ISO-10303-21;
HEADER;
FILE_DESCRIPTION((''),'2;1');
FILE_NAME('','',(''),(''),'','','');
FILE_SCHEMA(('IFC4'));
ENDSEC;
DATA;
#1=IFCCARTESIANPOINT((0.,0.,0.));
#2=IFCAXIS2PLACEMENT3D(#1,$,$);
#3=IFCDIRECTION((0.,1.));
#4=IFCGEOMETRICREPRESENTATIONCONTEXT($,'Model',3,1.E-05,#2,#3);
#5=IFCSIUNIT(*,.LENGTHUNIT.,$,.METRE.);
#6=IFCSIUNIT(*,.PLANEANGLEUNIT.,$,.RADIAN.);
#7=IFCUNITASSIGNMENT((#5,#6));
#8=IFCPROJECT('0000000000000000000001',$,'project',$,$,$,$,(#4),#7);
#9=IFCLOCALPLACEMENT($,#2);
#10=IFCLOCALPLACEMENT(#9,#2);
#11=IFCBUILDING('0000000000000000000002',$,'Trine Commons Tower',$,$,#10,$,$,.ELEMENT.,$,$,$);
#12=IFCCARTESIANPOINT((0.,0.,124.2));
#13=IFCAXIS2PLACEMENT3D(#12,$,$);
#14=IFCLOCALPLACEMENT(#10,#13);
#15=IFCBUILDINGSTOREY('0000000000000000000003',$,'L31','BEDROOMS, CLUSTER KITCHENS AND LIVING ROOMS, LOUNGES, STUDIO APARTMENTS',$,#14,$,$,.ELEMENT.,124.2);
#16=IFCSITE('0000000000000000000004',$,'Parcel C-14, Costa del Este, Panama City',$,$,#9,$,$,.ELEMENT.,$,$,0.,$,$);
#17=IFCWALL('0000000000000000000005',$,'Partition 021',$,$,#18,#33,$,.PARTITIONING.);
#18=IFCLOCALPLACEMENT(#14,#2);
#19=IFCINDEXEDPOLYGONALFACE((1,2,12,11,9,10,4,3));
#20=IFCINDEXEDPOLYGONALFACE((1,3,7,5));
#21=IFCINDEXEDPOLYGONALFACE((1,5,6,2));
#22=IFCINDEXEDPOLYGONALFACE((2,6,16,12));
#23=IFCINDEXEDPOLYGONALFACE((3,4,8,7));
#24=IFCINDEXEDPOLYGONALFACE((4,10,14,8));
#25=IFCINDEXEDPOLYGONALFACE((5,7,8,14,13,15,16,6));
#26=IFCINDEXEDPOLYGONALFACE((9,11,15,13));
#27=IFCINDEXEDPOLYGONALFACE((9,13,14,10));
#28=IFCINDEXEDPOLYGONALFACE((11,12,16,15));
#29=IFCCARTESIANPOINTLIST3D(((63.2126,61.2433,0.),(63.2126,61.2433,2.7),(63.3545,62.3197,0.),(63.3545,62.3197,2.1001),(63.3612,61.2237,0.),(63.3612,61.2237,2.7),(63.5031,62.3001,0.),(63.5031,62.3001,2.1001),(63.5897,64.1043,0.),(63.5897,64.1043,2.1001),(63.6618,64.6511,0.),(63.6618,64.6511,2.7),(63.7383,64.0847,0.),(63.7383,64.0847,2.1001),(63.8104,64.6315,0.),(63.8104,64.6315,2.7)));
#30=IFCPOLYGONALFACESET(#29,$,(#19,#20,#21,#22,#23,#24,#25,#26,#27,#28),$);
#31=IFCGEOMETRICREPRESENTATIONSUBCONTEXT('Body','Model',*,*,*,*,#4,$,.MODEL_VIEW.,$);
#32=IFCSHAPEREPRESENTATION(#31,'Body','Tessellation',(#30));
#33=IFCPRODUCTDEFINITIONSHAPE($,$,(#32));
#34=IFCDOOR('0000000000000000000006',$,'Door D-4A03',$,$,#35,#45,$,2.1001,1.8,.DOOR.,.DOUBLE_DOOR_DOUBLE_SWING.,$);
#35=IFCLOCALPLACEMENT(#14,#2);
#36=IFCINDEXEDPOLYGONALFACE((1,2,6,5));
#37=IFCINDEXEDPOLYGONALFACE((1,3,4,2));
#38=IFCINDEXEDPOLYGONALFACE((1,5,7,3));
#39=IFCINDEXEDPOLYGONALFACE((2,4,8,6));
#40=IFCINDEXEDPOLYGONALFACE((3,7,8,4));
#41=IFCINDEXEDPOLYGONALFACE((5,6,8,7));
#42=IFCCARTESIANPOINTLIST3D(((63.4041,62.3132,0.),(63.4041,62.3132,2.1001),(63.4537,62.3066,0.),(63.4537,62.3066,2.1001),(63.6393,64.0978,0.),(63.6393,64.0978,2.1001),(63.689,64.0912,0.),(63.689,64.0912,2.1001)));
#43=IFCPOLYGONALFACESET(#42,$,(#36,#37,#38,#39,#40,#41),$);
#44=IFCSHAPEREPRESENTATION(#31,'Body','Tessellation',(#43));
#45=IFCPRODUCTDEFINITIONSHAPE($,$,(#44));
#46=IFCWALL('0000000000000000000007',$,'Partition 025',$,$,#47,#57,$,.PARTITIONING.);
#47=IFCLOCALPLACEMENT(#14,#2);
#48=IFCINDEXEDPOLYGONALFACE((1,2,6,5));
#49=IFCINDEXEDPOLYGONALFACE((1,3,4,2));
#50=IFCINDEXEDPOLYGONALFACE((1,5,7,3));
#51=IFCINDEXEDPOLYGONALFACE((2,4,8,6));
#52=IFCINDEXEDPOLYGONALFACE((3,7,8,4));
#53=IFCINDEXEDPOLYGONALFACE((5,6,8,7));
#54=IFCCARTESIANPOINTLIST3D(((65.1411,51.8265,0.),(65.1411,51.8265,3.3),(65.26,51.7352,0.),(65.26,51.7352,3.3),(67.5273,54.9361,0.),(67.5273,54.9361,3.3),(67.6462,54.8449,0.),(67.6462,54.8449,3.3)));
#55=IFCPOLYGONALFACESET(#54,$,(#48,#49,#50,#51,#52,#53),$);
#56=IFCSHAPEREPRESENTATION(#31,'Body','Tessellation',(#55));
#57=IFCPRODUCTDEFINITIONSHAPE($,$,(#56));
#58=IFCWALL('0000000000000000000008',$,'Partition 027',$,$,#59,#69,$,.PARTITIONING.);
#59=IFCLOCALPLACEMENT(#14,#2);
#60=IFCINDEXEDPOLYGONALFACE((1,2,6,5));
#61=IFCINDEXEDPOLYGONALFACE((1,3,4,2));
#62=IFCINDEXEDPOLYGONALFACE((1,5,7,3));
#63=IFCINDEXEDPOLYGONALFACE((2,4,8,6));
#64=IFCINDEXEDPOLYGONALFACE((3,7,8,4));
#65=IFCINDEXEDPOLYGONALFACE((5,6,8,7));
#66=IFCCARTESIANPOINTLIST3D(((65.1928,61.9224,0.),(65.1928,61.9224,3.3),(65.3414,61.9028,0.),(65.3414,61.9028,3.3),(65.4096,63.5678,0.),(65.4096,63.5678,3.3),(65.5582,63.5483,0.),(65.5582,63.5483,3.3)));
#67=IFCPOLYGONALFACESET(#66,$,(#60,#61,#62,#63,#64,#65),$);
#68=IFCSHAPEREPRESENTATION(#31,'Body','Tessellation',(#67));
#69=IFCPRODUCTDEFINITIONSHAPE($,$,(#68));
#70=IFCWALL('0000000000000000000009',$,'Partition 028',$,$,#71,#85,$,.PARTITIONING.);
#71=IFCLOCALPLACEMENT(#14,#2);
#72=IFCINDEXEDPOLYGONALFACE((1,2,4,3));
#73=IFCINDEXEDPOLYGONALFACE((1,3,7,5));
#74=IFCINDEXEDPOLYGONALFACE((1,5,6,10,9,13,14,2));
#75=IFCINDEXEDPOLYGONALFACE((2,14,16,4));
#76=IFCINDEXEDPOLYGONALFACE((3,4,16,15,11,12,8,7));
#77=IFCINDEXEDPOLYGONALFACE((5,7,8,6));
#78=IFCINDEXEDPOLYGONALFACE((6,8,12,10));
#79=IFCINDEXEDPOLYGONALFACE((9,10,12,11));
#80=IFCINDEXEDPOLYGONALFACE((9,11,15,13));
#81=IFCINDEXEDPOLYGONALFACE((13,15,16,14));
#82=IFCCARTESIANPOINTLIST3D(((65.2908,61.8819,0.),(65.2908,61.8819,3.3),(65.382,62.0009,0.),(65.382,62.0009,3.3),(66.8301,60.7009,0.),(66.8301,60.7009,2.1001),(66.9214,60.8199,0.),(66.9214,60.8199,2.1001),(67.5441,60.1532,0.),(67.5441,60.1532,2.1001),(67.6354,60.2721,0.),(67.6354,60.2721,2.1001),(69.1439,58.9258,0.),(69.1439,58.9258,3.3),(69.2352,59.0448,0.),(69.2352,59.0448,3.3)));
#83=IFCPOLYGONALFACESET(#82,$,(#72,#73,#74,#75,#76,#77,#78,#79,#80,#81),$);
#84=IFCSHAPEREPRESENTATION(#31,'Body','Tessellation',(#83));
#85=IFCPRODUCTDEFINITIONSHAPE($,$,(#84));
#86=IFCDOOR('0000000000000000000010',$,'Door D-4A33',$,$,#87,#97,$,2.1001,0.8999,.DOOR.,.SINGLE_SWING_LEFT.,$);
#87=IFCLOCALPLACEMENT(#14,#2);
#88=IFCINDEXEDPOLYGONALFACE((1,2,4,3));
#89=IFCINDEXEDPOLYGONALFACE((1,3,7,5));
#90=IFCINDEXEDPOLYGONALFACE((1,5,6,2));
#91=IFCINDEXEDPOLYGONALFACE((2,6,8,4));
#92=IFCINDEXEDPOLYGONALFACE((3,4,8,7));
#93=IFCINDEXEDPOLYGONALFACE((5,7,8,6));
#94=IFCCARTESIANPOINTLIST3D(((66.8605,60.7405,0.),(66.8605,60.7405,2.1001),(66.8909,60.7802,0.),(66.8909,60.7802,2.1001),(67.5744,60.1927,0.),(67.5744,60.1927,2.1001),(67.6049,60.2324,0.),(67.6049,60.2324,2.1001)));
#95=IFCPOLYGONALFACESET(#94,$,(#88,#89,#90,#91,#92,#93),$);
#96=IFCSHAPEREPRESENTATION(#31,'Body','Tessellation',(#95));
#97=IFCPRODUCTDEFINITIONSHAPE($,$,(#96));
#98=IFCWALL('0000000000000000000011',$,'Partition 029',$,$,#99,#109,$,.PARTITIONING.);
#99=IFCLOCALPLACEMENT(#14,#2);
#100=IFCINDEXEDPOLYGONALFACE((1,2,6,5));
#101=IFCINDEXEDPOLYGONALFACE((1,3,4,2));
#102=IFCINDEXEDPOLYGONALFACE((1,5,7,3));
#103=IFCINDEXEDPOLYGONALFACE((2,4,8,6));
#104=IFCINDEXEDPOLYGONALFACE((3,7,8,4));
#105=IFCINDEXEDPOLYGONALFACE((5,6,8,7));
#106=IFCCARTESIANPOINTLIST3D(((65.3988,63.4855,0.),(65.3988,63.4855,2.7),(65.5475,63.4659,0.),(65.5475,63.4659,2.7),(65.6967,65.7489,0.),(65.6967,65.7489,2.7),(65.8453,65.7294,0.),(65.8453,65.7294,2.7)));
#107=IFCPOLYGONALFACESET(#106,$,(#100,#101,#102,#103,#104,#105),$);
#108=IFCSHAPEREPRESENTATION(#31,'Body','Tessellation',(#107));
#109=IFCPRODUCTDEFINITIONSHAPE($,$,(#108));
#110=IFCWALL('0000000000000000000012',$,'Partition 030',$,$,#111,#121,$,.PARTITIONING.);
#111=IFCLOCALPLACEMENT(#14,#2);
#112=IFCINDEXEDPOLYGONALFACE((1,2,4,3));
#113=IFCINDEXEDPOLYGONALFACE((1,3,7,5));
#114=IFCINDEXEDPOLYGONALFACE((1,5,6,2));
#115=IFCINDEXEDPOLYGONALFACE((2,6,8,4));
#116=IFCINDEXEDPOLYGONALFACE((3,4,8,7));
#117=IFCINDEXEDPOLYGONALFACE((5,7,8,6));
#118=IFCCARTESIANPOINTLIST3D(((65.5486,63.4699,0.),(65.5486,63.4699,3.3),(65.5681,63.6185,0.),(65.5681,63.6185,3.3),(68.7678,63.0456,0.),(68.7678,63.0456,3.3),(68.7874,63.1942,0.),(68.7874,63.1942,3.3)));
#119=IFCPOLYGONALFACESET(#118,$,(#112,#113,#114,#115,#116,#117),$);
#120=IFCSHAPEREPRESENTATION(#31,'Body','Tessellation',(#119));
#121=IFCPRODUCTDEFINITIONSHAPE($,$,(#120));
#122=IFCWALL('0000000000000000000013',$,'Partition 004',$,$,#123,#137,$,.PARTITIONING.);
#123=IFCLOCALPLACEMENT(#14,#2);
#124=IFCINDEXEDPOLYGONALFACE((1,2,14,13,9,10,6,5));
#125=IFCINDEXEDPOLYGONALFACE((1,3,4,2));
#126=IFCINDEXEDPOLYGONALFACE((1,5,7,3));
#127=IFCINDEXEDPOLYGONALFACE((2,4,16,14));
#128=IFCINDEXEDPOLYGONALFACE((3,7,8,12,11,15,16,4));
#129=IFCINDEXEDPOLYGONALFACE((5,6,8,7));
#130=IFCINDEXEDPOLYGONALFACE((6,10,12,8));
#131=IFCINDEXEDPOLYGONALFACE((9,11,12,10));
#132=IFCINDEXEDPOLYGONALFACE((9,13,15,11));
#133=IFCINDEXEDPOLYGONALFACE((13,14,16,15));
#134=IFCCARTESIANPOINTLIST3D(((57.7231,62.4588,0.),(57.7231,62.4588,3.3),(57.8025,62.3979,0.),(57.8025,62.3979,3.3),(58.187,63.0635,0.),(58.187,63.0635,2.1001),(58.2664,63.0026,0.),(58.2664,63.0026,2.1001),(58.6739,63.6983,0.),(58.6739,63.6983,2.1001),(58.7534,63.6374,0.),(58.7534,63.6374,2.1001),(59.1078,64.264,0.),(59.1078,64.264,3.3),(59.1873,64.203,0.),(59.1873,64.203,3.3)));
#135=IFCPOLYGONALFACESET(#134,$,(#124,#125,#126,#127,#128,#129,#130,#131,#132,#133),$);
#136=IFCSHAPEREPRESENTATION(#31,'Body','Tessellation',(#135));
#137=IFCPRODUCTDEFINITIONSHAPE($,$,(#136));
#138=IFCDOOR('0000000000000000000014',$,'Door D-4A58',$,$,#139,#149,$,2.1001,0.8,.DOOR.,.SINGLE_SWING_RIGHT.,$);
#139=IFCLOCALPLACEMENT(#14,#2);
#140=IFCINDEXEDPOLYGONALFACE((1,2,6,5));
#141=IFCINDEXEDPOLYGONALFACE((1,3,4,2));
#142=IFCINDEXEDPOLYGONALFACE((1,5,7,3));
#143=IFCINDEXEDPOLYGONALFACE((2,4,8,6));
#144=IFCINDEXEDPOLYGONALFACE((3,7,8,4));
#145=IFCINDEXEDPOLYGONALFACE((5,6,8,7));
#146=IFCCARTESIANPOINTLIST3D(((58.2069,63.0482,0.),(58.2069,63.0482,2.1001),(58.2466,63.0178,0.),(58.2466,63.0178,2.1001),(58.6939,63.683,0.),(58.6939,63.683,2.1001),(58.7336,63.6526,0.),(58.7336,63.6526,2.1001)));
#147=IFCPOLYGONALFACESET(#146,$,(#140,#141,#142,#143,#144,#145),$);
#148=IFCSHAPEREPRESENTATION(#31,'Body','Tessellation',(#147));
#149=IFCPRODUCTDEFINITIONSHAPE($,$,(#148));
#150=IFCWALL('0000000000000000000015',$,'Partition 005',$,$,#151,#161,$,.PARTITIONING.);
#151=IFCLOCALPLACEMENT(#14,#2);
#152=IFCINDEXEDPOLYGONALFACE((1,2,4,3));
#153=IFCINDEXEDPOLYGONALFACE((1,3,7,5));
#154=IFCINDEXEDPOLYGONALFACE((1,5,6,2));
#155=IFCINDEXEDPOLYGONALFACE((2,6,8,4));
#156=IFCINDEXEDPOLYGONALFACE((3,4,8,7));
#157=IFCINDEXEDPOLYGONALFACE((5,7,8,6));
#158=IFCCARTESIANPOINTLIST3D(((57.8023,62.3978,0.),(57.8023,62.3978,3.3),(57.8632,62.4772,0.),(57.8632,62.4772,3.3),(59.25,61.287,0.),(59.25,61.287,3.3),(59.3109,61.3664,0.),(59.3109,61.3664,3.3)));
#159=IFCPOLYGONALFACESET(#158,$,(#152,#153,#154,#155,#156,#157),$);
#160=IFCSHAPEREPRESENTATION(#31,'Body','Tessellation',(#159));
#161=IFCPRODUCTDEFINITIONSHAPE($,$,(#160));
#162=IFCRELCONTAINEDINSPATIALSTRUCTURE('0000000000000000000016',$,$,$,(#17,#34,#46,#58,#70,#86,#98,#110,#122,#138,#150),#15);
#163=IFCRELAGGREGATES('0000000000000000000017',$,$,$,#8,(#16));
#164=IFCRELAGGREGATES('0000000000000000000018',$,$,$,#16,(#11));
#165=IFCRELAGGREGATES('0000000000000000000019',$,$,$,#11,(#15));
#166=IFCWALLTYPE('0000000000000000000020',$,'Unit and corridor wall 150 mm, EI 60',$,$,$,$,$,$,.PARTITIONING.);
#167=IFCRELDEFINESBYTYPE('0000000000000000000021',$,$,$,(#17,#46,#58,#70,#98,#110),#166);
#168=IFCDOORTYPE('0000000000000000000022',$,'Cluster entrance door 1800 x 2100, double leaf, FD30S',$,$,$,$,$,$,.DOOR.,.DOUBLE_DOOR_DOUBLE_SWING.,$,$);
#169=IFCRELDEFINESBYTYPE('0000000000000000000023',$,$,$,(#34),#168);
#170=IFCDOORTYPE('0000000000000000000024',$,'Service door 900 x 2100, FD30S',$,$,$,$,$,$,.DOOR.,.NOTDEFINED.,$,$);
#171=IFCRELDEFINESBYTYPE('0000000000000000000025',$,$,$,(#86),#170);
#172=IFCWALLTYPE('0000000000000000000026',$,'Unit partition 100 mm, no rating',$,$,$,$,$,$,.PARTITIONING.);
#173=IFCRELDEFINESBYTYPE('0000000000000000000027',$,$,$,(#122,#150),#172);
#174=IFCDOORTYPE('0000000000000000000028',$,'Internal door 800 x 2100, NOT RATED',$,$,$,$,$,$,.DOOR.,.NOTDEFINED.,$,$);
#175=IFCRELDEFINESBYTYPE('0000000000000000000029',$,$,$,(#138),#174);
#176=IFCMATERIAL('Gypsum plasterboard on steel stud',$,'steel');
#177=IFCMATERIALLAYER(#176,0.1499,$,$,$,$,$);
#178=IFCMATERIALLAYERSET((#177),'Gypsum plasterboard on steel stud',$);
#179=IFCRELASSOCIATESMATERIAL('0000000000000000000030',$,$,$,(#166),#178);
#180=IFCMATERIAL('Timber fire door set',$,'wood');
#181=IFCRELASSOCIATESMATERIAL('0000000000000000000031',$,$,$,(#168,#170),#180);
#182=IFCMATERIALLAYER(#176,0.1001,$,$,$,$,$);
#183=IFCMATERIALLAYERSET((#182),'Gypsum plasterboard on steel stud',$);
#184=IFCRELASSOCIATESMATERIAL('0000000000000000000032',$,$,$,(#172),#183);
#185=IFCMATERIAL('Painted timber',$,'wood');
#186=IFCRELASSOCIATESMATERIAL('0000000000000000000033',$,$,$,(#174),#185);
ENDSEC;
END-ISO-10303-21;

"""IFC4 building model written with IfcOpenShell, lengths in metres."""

from ifc_helpers import new_model, si_unit, direction, frame, frame_2d, origin, place, context, subcontext, project, spatial, rectangle, extrude, material, layer, layer_set, type_object, element, fill, save


model = new_model("IFC4")

# Units and contexts
model_context = context("Model", 3, precision=1e-05, world=origin(), true_north=direction((0.0, 1.0)))
body_context = subcontext(model_context, "Body", "Model", "MODEL_VIEW")
ifc_project = project(units=[si_unit("LENGTHUNIT", "METRE"), si_unit("PLANEANGLEUNIT", "RADIAN")], contexts=[model_context])

# Site, building, storey
site_placement = place(None, origin())
site = spatial("IfcSite", under=ifc_project, at=site_placement, Name="Parcel C-14, Costa del Este, Panama City", CompositionType="ELEMENT", RefElevation=0.0)
building_placement = place(site_placement, origin())
building = spatial("IfcBuilding", under=site, at=building_placement, Name="Trine Commons Tower", CompositionType="ELEMENT")
storey_placement = place(building_placement, frame((0.0, 0.0, 124.2)))
storey = spatial("IfcBuildingStorey", under=building, at=storey_placement, Name="L31", Description="BEDROOMS, CLUSTER KITCHENS AND LIVING ROOMS, LOUNGES, STUDIO APARTMENTS", CompositionType="ELEMENT", Elevation=124.2)

# Shared definitions
ifc_material_1 = material(Name="Gypsum plasterboard on steel stud", Category="steel")
ifc_layer_1 = layer(ifc_material_1, 0.1499)
ifc_layer_set_1 = layer_set([ifc_layer_1], Name="Gypsum plasterboard on steel stud")
wall_type_1 = type_object("IfcWallType", Name="Unit and corridor wall 150 mm, EI 60", PredefinedType="PARTITIONING", material=ifc_layer_set_1)
ifc_material_2 = material(Name="Timber fire door set", Category="wood")

# Wall, opening, door
wall_1_placement = place(storey_placement, frame((63.2869, 61.2334, 0.0), z_axis=(0.0, 0.0, 1.0), x_axis=(0.130693, 0.991423, 0.0)))
wall_1 = element("IfcWall", 1, at=wall_1_placement, inside=storey, type_object=wall_type_1, Name="Partition 021", PredefinedType="PARTITIONING", context=body_context, shape_type="SweptSolid", body=[
    extrude(rectangle(XDim=3.4373, YDim=0.1499, at=frame_2d((1.7188, 0.0))), origin(), (0.0, 0.0, 1.0), 2.7),
])
opening_1_placement = place(wall_1_placement, frame((1.0859, 0.0, 0.0)))
opening_1 = element("IfcOpeningElement", 2, at=opening_1_placement, cuts=wall_1, PredefinedType="OPENING", context=body_context, shape_type="SweptSolid", body=[
    extrude(rectangle(XDim=1.8, YDim=2.1001, at=frame_2d((0.8999, 1.05))), frame((0.0, 0.085, 0.0), z_axis=(0.0, -1.0, 0.0), x_axis=(1.0, 0.0, 0.0)), (0.0, 0.0, 1.0), 0.1699),
])
door_type_1 = type_object("IfcDoorType", Name="Cluster entrance door 1800 x 2100, double leaf, FD30S", OperationType="DOUBLE_DOOR_DOUBLE_SWING", PredefinedType="DOOR", material=ifc_material_2)
door_1_placement = place(opening_1_placement, origin())
door_1 = element("IfcDoor", 3, at=door_1_placement, inside=storey, type_object=door_type_1, Name="Door D-4A03", OperationType="DOUBLE_DOOR_DOUBLE_SWING", OverallHeight=2.1001, OverallWidth=1.8, PredefinedType="DOOR", context=body_context, shape_type="SweptSolid", body=[
    extrude(rectangle(XDim=1.8, YDim=2.1001, at=frame_2d((0.8999, 1.05))), frame((0.0, 0.0249, 0.0), z_axis=(0.0, -1.0, 0.0), x_axis=(1.0, 0.0, 0.0)), (0.0, 0.0, 1.0), 0.05),
])
fill(opening_1, door_1)

# Walls
wall_2_placement = place(storey_placement, frame((65.2004, 51.7808, 0.0), z_axis=(0.0, 0.0, 1.0), x_axis=(0.608783, 0.793337, 0.0)))
element("IfcWall", 4, at=wall_2_placement, inside=storey, type_object=wall_type_1, Name="Partition 025", PredefinedType="PARTITIONING", context=body_context, shape_type="SweptSolid", body=[
    extrude(rectangle(XDim=3.9197, YDim=0.1499, at=frame_2d((1.96, 0.0))), origin(), (0.0, 0.0, 1.0), 3.3),
])
wall_3_placement = place(storey_placement, frame((65.2671, 61.9126, 0.0), z_axis=(0.0, 0.0, 1.0), x_axis=(0.130622, 0.991432, 0.0)))
element("IfcWall", 5, at=wall_3_placement, inside=storey, type_object=wall_type_1, Name="Partition 027", PredefinedType="PARTITIONING", context=body_context, shape_type="SweptSolid", body=[
    extrude(rectangle(XDim=1.6597, YDim=0.1499, at=frame_2d((0.8298, 0.0))), origin(), (0.0, 0.0, 1.0), 3.3),
])

# Wall, opening, door
wall_4_placement = place(storey_placement, frame((65.3364, 61.9414, 0.0), z_axis=(0.0, 0.0, 1.0), x_axis=(0.793401, -0.6087, 0.0)))
wall_4 = element("IfcWall", 6, at=wall_4_placement, inside=storey, type_object=wall_type_1, Name="Partition 028", PredefinedType="PARTITIONING", context=body_context, shape_type="SweptSolid", body=[
    extrude(rectangle(XDim=4.8564, YDim=0.1499, at=frame_2d((2.4282, 0.0))), origin(), (0.0, 0.0, 1.0), 3.3),
])
opening_2_placement = place(wall_4_placement, frame((1.9402, 0.0, 0.0)))
opening_2 = element("IfcOpeningElement", 7, at=opening_2_placement, cuts=wall_4, PredefinedType="OPENING", context=body_context, shape_type="SweptSolid", body=[
    extrude(rectangle(XDim=0.8999, YDim=2.1001, at=frame_2d((0.45, 1.05))), frame((0.0, 0.085, 0.0), z_axis=(0.0, -1.0, 0.0), x_axis=(1.0, 0.0, 0.0)), (0.0, 0.0, 1.0), 0.1699),
])
door_type_2 = type_object("IfcDoorType", Name="Service door 900 x 2100, FD30S", OperationType="NOTDEFINED", PredefinedType="DOOR", material=ifc_material_2)
door_2_placement = place(opening_2_placement, origin())
door_2 = element("IfcDoor", 8, at=door_2_placement, inside=storey, type_object=door_type_2, Name="Door D-4A33", OperationType="SINGLE_SWING_LEFT", OverallHeight=2.1001, OverallWidth=0.8999, PredefinedType="DOOR", context=body_context, shape_type="SweptSolid", body=[
    extrude(rectangle(XDim=0.8999, YDim=2.1001, at=frame_2d((0.45, 1.05))), frame((0.0, 0.0249, 0.0), z_axis=(0.0, -1.0, 0.0), x_axis=(1.0, 0.0, 0.0)), (0.0, 0.0, 1.0), 0.05),
])
fill(opening_2, door_2)

# Walls
wall_5_placement = place(storey_placement, frame((65.4731, 63.4756, 0.0), z_axis=(0.0, 0.0, 1.0), x_axis=(0.130468, 0.991452, 0.0)))
element("IfcWall", 9, at=wall_5_placement, inside=storey, type_object=wall_type_1, Name="Partition 029", PredefinedType="PARTITIONING", context=body_context, shape_type="SweptSolid", body=[
    extrude(rectangle(XDim=2.283, YDim=0.1499, at=frame_2d((1.1416, 0.0))), origin(), (0.0, 0.0, 1.0), 2.7),
])
wall_6_placement = place(storey_placement, frame((65.5583, 63.5442, 0.0), z_axis=(0.0, 0.0, 1.0), x_axis=(0.991425, -0.130676, 0.0)))
element("IfcWall", 10, at=wall_6_placement, inside=storey, type_object=wall_type_1, Name="Partition 030", PredefinedType="PARTITIONING", context=body_context, shape_type="SweptSolid", body=[
    extrude(rectangle(XDim=3.2471, YDim=0.1499, at=frame_2d((1.6235, 0.0))), origin(), (0.0, 0.0, 1.0), 3.3),
])

# Wall, opening, door
ifc_layer_2 = layer(ifc_material_1, 0.1001)
ifc_layer_set_2 = layer_set([ifc_layer_2], Name="Gypsum plasterboard on steel stud")
wall_type_2 = type_object("IfcWallType", Name="Unit partition 100 mm, no rating", PredefinedType="PARTITIONING", material=ifc_layer_set_2)
wall_7_placement = place(storey_placement, frame((57.7627, 62.4282, 0.0), z_axis=(0.0, 0.0, 1.0), x_axis=(0.608652, 0.793437, 0.0)))
wall_7 = element("IfcWall", 11, at=wall_7_placement, inside=storey, type_object=wall_type_2, Name="Partition 004", PredefinedType="PARTITIONING", context=body_context, shape_type="SweptSolid", body=[
    extrude(rectangle(XDim=2.2751, YDim=0.1001, at=frame_2d((1.1377, 0.0))), origin(), (0.0, 0.0, 1.0), 3.3),
])
opening_3_placement = place(wall_7_placement, frame((0.7625, 0.0, 0.0)))
opening_3 = element("IfcOpeningElement", 12, at=opening_3_placement, cuts=wall_7, PredefinedType="OPENING", context=body_context, shape_type="SweptSolid", body=[
    extrude(rectangle(XDim=0.8, YDim=2.1001, at=frame_2d((0.3999, 1.05))), frame((0.0, 0.0601, 0.0), z_axis=(0.0, -1.0, 0.0), x_axis=(1.0, 0.0, 0.0)), (0.0, 0.0, 1.0), 0.1201),
])
ifc_material_3 = material(Name="Painted timber", Category="wood")
door_type_3 = type_object("IfcDoorType", Name="Internal door 800 x 2100, NOT RATED", OperationType="NOTDEFINED", PredefinedType="DOOR", material=ifc_material_3)
door_3_placement = place(opening_3_placement, origin())
door_3 = element("IfcDoor", 13, at=door_3_placement, inside=storey, type_object=door_type_3, Name="Door D-4A58", OperationType="SINGLE_SWING_RIGHT", OverallHeight=2.1001, OverallWidth=0.8, PredefinedType="DOOR", context=body_context, shape_type="SweptSolid", body=[
    extrude(rectangle(XDim=0.8, YDim=2.1001, at=frame_2d((0.3999, 1.05))), frame((0.0, 0.0249, 0.0), z_axis=(0.0, -1.0, 0.0), x_axis=(1.0, 0.0, 0.0)), (0.0, 0.0, 1.0), 0.05),
])
fill(opening_3, door_3)

# Wall
wall_8_placement = place(storey_placement, frame((57.8328, 62.4375, 0.0), z_axis=(0.0, 0.0, 1.0), x_axis=(0.793369, -0.60874, 0.0)))
element("IfcWall", 14, at=wall_8_placement, inside=storey, type_object=wall_type_2, Name="Partition 005", PredefinedType="PARTITIONING", context=body_context, shape_type="SweptSolid", body=[
    extrude(rectangle(XDim=1.8247, YDim=0.1001, at=frame_2d((0.9124, 0.0))), origin(), (0.0, 0.0, 1.0), 3.3),
])

save(model, "model.ifc")
